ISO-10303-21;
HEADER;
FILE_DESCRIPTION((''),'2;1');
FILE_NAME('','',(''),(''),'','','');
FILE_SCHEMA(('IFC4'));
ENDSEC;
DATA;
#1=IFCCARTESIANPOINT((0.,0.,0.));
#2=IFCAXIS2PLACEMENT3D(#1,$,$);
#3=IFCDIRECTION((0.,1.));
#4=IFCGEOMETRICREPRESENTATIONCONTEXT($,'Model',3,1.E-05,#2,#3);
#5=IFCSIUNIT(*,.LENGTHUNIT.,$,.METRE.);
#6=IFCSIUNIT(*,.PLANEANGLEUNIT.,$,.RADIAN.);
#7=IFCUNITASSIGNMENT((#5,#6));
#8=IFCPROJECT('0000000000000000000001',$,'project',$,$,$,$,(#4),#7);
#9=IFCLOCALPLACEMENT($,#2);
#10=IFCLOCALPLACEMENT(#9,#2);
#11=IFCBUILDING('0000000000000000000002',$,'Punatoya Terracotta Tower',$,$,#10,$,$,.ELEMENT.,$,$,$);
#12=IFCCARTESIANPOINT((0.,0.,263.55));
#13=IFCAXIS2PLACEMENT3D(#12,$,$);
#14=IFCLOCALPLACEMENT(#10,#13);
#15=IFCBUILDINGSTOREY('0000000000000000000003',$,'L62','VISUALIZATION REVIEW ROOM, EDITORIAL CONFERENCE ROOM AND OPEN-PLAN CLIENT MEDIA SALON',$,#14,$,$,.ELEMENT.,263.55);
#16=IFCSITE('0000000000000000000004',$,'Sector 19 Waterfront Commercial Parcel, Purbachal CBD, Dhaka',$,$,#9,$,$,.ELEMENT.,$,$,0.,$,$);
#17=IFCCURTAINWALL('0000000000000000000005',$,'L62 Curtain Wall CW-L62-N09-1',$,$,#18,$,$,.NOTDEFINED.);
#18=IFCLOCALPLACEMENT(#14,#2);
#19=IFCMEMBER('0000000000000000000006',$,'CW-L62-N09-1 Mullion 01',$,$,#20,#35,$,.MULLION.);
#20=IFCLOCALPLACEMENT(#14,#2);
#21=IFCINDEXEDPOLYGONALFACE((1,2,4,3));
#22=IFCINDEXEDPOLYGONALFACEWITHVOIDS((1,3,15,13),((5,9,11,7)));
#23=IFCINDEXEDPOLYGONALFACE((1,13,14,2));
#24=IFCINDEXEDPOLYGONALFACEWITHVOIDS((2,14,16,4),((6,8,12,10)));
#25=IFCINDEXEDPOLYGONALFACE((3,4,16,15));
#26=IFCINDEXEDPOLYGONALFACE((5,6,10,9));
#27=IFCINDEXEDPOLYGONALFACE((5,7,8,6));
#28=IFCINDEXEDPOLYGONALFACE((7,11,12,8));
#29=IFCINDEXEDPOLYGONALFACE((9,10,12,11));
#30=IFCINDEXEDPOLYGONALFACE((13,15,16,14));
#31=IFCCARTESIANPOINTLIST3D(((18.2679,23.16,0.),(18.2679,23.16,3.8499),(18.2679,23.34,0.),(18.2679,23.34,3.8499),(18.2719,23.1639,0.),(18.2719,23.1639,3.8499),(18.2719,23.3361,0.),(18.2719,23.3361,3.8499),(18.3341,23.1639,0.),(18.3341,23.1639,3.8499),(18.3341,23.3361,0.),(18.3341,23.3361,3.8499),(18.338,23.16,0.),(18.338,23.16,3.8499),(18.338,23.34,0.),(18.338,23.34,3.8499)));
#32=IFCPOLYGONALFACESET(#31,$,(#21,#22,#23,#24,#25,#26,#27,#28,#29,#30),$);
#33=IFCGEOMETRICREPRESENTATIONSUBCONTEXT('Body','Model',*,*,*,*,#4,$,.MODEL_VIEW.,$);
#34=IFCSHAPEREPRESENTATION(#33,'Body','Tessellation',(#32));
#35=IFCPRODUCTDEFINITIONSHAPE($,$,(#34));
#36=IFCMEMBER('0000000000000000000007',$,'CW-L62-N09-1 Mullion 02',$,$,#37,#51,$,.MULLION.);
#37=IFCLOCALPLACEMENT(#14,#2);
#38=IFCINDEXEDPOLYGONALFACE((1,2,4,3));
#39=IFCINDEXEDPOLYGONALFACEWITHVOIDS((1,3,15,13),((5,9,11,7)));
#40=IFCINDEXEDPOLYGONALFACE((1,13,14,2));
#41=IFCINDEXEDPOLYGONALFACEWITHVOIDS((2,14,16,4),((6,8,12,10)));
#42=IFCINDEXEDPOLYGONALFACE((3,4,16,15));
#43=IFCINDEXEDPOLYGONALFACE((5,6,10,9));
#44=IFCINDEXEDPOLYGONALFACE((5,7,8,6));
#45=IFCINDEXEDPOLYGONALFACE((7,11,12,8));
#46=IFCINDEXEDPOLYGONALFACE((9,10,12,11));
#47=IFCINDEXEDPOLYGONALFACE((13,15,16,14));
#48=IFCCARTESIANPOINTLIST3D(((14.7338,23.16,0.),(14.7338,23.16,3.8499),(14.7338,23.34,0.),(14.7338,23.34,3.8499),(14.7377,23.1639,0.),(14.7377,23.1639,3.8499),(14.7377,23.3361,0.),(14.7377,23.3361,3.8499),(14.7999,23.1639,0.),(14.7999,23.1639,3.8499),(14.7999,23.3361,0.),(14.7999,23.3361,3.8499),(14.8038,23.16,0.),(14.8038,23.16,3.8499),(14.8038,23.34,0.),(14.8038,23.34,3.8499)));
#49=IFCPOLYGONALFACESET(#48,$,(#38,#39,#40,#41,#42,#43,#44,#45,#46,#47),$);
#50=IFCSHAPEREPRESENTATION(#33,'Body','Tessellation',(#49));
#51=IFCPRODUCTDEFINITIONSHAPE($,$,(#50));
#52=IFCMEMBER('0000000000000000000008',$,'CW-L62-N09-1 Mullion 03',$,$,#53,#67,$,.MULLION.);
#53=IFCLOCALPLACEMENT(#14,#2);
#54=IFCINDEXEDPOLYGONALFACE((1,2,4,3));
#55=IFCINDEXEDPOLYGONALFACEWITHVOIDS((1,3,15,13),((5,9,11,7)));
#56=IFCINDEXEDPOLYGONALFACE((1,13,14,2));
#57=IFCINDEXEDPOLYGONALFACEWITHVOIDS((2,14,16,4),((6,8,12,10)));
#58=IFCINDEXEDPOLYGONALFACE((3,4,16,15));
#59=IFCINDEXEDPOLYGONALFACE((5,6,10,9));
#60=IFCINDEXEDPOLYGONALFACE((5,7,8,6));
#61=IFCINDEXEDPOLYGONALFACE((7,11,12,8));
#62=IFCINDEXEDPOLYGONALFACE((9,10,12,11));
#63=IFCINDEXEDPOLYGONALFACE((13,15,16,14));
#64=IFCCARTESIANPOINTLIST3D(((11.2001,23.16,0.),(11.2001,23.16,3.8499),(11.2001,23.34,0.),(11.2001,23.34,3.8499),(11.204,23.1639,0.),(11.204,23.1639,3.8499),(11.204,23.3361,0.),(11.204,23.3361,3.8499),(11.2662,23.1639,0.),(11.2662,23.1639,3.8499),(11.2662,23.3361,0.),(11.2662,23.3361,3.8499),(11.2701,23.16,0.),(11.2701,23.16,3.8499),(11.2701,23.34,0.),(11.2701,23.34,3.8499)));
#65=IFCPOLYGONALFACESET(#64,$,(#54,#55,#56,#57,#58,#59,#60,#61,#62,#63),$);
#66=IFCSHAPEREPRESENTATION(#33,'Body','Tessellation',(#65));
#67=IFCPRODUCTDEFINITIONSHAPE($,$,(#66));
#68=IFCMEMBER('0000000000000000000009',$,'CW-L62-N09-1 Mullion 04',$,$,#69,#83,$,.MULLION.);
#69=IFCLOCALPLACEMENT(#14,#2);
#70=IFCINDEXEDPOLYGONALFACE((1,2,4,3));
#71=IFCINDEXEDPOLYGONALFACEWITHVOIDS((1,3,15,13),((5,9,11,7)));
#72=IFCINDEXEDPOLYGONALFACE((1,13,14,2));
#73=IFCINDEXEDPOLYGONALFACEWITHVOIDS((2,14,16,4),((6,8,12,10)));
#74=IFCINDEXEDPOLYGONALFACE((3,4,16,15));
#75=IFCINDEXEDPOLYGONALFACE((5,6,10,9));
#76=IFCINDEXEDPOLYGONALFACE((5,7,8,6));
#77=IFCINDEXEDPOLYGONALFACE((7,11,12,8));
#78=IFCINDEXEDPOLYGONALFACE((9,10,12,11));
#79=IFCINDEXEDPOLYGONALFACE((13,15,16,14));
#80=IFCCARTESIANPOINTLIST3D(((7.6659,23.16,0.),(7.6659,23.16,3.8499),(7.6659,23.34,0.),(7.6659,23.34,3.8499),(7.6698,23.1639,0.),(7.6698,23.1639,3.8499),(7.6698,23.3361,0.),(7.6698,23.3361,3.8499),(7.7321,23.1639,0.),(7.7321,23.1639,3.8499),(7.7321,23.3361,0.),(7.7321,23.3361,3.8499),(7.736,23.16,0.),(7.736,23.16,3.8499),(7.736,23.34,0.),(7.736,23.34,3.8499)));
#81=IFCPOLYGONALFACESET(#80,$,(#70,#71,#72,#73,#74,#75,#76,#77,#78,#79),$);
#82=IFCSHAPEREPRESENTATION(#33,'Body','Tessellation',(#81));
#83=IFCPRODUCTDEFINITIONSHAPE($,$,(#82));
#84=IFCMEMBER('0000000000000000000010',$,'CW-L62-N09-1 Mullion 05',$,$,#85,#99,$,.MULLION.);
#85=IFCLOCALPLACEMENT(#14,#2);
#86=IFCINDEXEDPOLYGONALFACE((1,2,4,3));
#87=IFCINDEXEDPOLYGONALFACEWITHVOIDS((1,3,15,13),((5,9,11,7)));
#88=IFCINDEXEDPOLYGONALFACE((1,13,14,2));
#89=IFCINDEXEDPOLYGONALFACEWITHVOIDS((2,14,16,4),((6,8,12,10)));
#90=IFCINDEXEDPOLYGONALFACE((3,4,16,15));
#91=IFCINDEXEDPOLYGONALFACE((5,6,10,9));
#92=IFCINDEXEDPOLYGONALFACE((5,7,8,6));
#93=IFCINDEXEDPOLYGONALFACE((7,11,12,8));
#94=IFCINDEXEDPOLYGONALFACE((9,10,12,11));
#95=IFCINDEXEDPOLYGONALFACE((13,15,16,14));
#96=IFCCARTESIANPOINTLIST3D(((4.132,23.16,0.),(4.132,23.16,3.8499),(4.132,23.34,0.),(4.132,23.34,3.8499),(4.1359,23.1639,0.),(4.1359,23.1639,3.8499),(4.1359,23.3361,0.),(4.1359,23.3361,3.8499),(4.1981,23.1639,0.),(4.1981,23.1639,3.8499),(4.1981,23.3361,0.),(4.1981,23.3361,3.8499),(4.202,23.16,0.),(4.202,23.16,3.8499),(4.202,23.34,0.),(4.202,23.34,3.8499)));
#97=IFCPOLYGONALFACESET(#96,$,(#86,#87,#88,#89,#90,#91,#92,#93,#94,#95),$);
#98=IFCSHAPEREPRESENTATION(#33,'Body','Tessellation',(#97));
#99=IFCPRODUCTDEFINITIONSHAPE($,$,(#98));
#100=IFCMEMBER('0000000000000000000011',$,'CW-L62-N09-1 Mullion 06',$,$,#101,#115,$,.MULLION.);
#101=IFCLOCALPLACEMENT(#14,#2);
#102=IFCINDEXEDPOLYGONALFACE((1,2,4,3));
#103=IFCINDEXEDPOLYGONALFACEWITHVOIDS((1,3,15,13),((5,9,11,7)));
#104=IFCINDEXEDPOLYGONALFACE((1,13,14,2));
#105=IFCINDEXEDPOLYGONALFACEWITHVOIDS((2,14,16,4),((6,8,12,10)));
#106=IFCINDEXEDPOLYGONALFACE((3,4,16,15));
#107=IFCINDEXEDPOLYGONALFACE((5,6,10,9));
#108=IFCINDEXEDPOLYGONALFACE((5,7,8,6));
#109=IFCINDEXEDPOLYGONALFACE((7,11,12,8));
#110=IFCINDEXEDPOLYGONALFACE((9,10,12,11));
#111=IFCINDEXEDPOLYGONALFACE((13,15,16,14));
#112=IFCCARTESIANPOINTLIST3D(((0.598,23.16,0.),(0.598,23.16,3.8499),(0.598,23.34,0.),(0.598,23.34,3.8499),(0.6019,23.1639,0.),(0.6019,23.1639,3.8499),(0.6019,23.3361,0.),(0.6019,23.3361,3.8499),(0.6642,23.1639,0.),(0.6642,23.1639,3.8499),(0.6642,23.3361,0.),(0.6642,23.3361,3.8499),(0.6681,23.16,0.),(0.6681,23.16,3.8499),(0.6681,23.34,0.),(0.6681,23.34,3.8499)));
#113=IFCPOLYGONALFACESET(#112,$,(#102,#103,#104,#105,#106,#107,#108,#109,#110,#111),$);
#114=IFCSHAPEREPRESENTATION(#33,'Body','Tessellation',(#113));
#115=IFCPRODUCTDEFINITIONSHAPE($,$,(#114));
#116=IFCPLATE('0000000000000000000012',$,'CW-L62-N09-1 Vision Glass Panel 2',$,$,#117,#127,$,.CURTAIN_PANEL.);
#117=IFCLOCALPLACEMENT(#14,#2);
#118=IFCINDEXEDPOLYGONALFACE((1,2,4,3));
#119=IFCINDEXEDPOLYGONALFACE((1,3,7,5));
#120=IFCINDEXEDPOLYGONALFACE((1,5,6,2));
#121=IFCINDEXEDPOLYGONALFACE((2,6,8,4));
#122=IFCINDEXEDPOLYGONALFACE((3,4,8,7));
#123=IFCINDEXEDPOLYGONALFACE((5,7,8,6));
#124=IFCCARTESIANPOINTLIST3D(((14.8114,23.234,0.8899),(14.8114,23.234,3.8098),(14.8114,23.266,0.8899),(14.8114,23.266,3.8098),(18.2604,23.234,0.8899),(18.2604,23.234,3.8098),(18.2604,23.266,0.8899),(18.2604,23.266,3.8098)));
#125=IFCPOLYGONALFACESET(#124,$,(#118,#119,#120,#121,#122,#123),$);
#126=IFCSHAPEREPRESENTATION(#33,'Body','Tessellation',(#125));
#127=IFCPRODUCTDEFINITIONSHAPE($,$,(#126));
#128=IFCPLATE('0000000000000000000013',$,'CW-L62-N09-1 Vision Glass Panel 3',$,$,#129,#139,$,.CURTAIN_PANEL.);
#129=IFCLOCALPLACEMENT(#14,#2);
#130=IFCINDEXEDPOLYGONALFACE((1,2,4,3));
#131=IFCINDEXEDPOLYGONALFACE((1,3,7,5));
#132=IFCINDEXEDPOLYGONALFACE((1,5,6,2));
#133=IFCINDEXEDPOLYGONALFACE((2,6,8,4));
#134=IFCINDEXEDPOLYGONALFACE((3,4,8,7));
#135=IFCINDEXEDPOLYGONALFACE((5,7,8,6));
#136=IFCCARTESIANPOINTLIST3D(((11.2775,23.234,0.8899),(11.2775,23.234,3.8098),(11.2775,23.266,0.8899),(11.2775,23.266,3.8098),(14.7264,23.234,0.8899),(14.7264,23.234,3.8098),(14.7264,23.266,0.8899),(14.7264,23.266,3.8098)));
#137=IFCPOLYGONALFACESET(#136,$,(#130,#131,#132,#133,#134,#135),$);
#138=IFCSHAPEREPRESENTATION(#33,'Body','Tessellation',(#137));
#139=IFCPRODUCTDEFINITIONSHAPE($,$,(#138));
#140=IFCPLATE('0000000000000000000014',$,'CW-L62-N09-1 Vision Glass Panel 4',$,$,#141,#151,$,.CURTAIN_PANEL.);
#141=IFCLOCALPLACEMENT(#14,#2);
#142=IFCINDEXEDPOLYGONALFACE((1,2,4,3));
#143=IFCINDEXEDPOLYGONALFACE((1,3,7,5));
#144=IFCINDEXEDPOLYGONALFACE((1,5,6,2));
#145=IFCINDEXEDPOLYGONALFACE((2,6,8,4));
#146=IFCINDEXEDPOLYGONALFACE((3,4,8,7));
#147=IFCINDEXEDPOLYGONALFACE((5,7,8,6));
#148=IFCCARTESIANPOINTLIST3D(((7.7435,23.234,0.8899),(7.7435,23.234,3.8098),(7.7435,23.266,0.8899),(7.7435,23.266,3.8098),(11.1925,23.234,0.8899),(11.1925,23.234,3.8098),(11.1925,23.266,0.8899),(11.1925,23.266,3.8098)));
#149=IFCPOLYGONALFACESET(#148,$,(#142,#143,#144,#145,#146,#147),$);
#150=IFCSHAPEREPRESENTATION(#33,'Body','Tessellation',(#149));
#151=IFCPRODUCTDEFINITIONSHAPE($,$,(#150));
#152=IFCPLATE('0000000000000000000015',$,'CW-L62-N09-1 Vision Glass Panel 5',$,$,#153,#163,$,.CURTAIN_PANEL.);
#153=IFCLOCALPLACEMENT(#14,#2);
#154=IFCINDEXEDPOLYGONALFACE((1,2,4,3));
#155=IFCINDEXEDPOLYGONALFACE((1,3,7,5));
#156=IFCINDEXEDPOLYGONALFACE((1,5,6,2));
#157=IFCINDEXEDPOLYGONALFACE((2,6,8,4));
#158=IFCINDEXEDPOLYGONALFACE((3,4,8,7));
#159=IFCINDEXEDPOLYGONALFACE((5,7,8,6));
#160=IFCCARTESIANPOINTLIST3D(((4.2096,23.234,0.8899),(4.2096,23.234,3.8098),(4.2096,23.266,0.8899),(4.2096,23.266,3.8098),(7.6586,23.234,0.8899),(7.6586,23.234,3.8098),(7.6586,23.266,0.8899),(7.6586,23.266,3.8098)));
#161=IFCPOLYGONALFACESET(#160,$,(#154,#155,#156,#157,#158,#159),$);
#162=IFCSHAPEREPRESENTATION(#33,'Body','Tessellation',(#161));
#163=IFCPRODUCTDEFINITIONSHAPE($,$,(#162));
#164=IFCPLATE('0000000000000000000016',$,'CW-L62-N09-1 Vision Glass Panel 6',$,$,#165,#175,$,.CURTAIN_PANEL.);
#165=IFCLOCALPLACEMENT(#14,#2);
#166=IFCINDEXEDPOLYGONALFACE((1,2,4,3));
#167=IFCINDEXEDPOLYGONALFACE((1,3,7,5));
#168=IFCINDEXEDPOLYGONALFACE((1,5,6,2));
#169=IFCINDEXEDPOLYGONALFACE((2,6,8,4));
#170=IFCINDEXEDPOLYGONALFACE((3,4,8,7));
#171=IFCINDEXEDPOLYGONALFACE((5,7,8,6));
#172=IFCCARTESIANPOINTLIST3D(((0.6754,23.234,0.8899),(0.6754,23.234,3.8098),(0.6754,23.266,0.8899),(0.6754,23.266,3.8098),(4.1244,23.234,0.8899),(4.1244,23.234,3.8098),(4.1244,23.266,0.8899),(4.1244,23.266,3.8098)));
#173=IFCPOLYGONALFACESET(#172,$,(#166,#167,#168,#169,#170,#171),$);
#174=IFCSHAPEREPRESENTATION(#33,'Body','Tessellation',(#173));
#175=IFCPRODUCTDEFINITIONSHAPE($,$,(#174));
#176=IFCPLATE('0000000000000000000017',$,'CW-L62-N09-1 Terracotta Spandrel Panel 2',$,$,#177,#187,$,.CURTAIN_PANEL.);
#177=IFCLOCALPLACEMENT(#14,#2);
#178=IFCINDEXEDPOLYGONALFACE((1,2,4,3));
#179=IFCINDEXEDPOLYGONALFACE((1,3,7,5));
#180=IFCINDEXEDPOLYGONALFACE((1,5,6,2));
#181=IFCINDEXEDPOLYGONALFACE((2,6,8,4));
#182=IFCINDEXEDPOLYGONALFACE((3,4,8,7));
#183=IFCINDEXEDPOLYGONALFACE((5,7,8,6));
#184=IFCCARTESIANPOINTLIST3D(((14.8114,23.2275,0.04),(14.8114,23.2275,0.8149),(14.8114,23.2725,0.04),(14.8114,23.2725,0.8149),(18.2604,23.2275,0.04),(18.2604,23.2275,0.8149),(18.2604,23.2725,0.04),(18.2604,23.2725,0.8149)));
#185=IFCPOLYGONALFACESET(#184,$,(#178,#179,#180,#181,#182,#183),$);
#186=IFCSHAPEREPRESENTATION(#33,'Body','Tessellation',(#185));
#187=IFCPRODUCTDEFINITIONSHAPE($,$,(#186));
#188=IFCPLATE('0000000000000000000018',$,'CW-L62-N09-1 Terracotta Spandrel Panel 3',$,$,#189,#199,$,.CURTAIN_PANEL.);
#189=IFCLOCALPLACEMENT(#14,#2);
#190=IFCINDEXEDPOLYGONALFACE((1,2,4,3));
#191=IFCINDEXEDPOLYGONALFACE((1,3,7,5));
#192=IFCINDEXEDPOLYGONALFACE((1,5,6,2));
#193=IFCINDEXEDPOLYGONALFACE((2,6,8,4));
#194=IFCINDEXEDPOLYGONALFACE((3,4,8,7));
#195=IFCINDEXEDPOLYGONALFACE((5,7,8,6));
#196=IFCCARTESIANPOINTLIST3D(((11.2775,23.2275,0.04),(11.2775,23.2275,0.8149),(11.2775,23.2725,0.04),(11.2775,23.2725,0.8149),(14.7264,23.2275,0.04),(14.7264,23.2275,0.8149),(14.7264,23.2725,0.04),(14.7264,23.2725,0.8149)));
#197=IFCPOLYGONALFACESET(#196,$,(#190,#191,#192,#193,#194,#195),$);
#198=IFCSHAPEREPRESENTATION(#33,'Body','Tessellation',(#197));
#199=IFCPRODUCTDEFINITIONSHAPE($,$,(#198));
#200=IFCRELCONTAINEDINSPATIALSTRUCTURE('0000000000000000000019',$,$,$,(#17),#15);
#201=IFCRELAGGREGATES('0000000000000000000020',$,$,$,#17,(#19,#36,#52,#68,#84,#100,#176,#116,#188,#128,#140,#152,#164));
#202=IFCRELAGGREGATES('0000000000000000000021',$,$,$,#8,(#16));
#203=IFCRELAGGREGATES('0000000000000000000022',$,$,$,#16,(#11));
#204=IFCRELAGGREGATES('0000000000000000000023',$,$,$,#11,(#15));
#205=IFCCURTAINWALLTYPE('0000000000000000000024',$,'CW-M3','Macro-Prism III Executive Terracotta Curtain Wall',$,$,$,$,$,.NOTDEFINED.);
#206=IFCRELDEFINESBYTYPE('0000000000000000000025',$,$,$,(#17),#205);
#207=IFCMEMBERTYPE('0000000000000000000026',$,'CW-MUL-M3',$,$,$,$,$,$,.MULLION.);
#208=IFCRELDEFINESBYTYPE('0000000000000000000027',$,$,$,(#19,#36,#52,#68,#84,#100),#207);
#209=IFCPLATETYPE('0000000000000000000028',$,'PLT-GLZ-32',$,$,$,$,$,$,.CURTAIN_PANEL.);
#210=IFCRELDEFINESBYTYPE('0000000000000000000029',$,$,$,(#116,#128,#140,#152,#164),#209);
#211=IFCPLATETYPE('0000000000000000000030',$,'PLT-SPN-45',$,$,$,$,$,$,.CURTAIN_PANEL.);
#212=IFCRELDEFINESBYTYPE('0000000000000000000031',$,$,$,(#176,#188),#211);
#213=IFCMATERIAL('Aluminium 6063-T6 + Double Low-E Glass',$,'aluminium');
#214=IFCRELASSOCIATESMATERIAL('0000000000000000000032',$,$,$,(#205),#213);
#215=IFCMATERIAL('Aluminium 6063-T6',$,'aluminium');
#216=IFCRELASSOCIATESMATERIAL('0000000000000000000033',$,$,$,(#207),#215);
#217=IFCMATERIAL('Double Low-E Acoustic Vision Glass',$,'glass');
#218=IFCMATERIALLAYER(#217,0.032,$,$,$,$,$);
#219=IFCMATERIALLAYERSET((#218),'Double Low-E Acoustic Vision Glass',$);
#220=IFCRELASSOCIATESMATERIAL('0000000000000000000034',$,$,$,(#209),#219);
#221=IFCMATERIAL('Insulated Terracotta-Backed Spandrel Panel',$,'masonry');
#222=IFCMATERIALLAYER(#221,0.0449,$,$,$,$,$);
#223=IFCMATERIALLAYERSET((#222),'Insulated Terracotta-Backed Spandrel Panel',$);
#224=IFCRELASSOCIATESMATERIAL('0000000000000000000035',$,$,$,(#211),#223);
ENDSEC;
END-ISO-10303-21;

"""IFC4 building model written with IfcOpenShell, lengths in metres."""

from ifc_helpers import new_model, si_unit, direction, frame, origin, origin_2d, place, context, subcontext, project, spatial, rectangle, hollow_rectangle, extrude, material, layer, layer_set, material_profile, profile_set, type_object, element, aggregate, save


model = new_model("IFC4")

# Units and contexts
model_context = context("Model", 3, precision=1e-05, world=origin(), true_north=direction((0.0, 1.0)))
body_context = subcontext(model_context, "Body", "Model", "MODEL_VIEW")
ifc_project = project(units=[si_unit("LENGTHUNIT", "METRE"), si_unit("PLANEANGLEUNIT", "RADIAN")], contexts=[model_context])

# Site, building, storey
site_placement = place(None, origin())
site = spatial("IfcSite", under=ifc_project, at=site_placement, Name="Sector 19 Waterfront Commercial Parcel, Purbachal CBD, Dhaka", CompositionType="ELEMENT", RefElevation=0.0)
building_placement = place(site_placement, origin())
building = spatial("IfcBuilding", under=site, at=building_placement, Name="Punatoya Terracotta Tower", CompositionType="ELEMENT")
storey_placement = place(building_placement, frame((0.0, 0.0, 263.55)))
storey = spatial("IfcBuildingStorey", under=building, at=storey_placement, Name="L62", Description="VISUALIZATION REVIEW ROOM, EDITORIAL CONFERENCE ROOM AND OPEN-PLAN CLIENT MEDIA SALON", CompositionType="ELEMENT", Elevation=263.55)

# Curtain wall, members, plates
ifc_material_1 = material(Name="Aluminium 6063-T6 + Double Low-E Glass", Category="aluminium")
curtain_wall_type = type_object("IfcCurtainWallType", Name="CW-M3", Description="Macro-Prism III Executive Terracotta Curtain Wall", PredefinedType="NOTDEFINED", material=ifc_material_1)
curtain_wall_placement = place(storey_placement, origin())
curtain_wall = element("IfcCurtainWall", 1, at=curtain_wall_placement, inside=storey, type_object=curtain_wall_type, Name="L62 Curtain Wall CW-L62-N09-1", PredefinedType="NOTDEFINED")
ifc_material_2 = material(Name="Aluminium 6063-T6", Category="aluminium")
ifc_material_profile_1 = material_profile(ifc_material_2, hollow_rectangle(XDim=0.0701, YDim=0.1799, WallThickness=0.0039, at=origin_2d()))
ifc_profile_set_1 = profile_set([ifc_material_profile_1], Name="Aluminium 6063-T6")
member_type = type_object("IfcMemberType", Name="CW-MUL-M3", PredefinedType="MULLION", material=ifc_profile_set_1)
member_1_placement = place(storey_placement, frame((18.303, 23.25, 0.0), z_axis=(0.0, 0.0, 1.0), x_axis=(1.0, 0.0, 0.0)))
member_1 = element("IfcMember", 2, at=member_1_placement, type_object=member_type, Name="CW-L62-N09-1 Mullion 01", PredefinedType="MULLION", context=body_context, shape_type="SweptSolid", body=[
    extrude(hollow_rectangle(XDim=0.0701, YDim=0.1799, WallThickness=0.0039, at=origin_2d()), origin(), (0.0, 0.0, 1.0), 3.8499),
])
member_2_placement = place(storey_placement, frame((14.7688, 23.25, 0.0), z_axis=(0.0, 0.0, 1.0), x_axis=(1.0, 0.0, 0.0)))
member_2 = element("IfcMember", 3, at=member_2_placement, type_object=member_type, Name="CW-L62-N09-1 Mullion 02", PredefinedType="MULLION", context=body_context, shape_type="SweptSolid", body=[
    extrude(hollow_rectangle(XDim=0.0701, YDim=0.1799, WallThickness=0.0039, at=origin_2d()), origin(), (0.0, 0.0, 1.0), 3.8499),
])
member_3_placement = place(storey_placement, frame((11.2351, 23.25, 0.0), z_axis=(0.0, 0.0, 1.0), x_axis=(1.0, 0.0, 0.0)))
member_3 = element("IfcMember", 4, at=member_3_placement, type_object=member_type, Name="CW-L62-N09-1 Mullion 03", PredefinedType="MULLION", context=body_context, shape_type="SweptSolid", body=[
    extrude(hollow_rectangle(XDim=0.0701, YDim=0.1799, WallThickness=0.0039, at=origin_2d()), origin(), (0.0, 0.0, 1.0), 3.8499),
])
member_4_placement = place(storey_placement, frame((7.7009, 23.25, 0.0), z_axis=(0.0, 0.0, 1.0), x_axis=(1.0, 0.0, 0.0)))
member_4 = element("IfcMember", 5, at=member_4_placement, type_object=member_type, Name="CW-L62-N09-1 Mullion 04", PredefinedType="MULLION", context=body_context, shape_type="SweptSolid", body=[
    extrude(hollow_rectangle(XDim=0.0701, YDim=0.1799, WallThickness=0.0039, at=origin_2d()), origin(), (0.0, 0.0, 1.0), 3.8499),
])
member_5_placement = place(storey_placement, frame((4.167, 23.25, 0.0), z_axis=(0.0, 0.0, 1.0), x_axis=(1.0, 0.0, 0.0)))
member_5 = element("IfcMember", 6, at=member_5_placement, type_object=member_type, Name="CW-L62-N09-1 Mullion 05", PredefinedType="MULLION", context=body_context, shape_type="SweptSolid", body=[
    extrude(hollow_rectangle(XDim=0.0701, YDim=0.1799, WallThickness=0.0039, at=origin_2d()), origin(), (0.0, 0.0, 1.0), 3.8499),
])
member_6_placement = place(storey_placement, frame((0.6331, 23.25, 0.0), z_axis=(0.0, 0.0, 1.0), x_axis=(1.0, 0.0, 0.0)))
member_6 = element("IfcMember", 7, at=member_6_placement, type_object=member_type, Name="CW-L62-N09-1 Mullion 06", PredefinedType="MULLION", context=body_context, shape_type="SweptSolid", body=[
    extrude(hollow_rectangle(XDim=0.0701, YDim=0.1799, WallThickness=0.0039, at=origin_2d()), origin(), (0.0, 0.0, 1.0), 3.8499),
])
ifc_material_3 = material(Name="Double Low-E Acoustic Vision Glass", Category="glass")
ifc_layer_1 = layer(ifc_material_3, 0.032)
ifc_layer_set_1 = layer_set([ifc_layer_1], Name="Double Low-E Acoustic Vision Glass")
plate_type_1 = type_object("IfcPlateType", Name="PLT-GLZ-32", PredefinedType="CURTAIN_PANEL", material=ifc_layer_set_1)
plate_1_placement = place(storey_placement, frame((16.5359, 23.25, 0.8899), z_axis=(0.0, 0.0, 1.0), x_axis=(-1.0, 0.0, 0.0)))
plate_1 = element("IfcPlate", 8, at=plate_1_placement, type_object=plate_type_1, Name="CW-L62-N09-1 Vision Glass Panel 2", PredefinedType="CURTAIN_PANEL", context=body_context, shape_type="SweptSolid", body=[
    extrude(rectangle(XDim=3.449, YDim=0.032, at=origin_2d()), origin(), (0.0, 0.0, 1.0), 2.9199),
])
plate_2_placement = place(storey_placement, frame((13.002, 23.25, 0.8899), z_axis=(0.0, 0.0, 1.0), x_axis=(-1.0, 0.0, 0.0)))
plate_2 = element("IfcPlate", 9, at=plate_2_placement, type_object=plate_type_1, Name="CW-L62-N09-1 Vision Glass Panel 3", PredefinedType="CURTAIN_PANEL", context=body_context, shape_type="SweptSolid", body=[
    extrude(rectangle(XDim=3.449, YDim=0.032, at=origin_2d()), origin(), (0.0, 0.0, 1.0), 2.9199),
])
plate_3_placement = place(storey_placement, frame((9.468, 23.25, 0.8899), z_axis=(0.0, 0.0, 1.0), x_axis=(-1.0, 0.0, 0.0)))
plate_3 = element("IfcPlate", 10, at=plate_3_placement, type_object=plate_type_1, Name="CW-L62-N09-1 Vision Glass Panel 4", PredefinedType="CURTAIN_PANEL", context=body_context, shape_type="SweptSolid", body=[
    extrude(rectangle(XDim=3.449, YDim=0.032, at=origin_2d()), origin(), (0.0, 0.0, 1.0), 2.9199),
])
plate_4_placement = place(storey_placement, frame((5.9341, 23.25, 0.8899), z_axis=(0.0, 0.0, 1.0), x_axis=(-1.0, 0.0, 0.0)))
plate_4 = element("IfcPlate", 11, at=plate_4_placement, type_object=plate_type_1, Name="CW-L62-N09-1 Vision Glass Panel 5", PredefinedType="CURTAIN_PANEL", context=body_context, shape_type="SweptSolid", body=[
    extrude(rectangle(XDim=3.449, YDim=0.032, at=origin_2d()), origin(), (0.0, 0.0, 1.0), 2.9199),
])
plate_5_placement = place(storey_placement, frame((2.3999, 23.25, 0.8899), z_axis=(0.0, 0.0, 1.0), x_axis=(-1.0, 0.0, 0.0)))
plate_5 = element("IfcPlate", 12, at=plate_5_placement, type_object=plate_type_1, Name="CW-L62-N09-1 Vision Glass Panel 6", PredefinedType="CURTAIN_PANEL", context=body_context, shape_type="SweptSolid", body=[
    extrude(rectangle(XDim=3.449, YDim=0.032, at=origin_2d()), origin(), (0.0, 0.0, 1.0), 2.9199),
])
ifc_material_4 = material(Name="Insulated Terracotta-Backed Spandrel Panel", Category="masonry")
ifc_layer_2 = layer(ifc_material_4, 0.0449)
ifc_layer_set_2 = layer_set([ifc_layer_2], Name="Insulated Terracotta-Backed Spandrel Panel")
plate_type_2 = type_object("IfcPlateType", Name="PLT-SPN-45", PredefinedType="CURTAIN_PANEL", material=ifc_layer_set_2)
plate_6_placement = place(storey_placement, frame((16.5359, 23.25, 0.04), z_axis=(0.0, 0.0, 1.0), x_axis=(-1.0, 0.0, 0.0)))
plate_6 = element("IfcPlate", 13, at=plate_6_placement, type_object=plate_type_2, Name="CW-L62-N09-1 Terracotta Spandrel Panel 2", PredefinedType="CURTAIN_PANEL", context=body_context, shape_type="SweptSolid", body=[
    extrude(rectangle(XDim=3.449, YDim=0.0449, at=origin_2d()), origin(), (0.0, 0.0, 1.0), 0.7749),
])
plate_7_placement = place(storey_placement, frame((13.002, 23.25, 0.04), z_axis=(0.0, 0.0, 1.0), x_axis=(-1.0, 0.0, 0.0)))
plate_7 = element("IfcPlate", 14, at=plate_7_placement, type_object=plate_type_2, Name="CW-L62-N09-1 Terracotta Spandrel Panel 3", PredefinedType="CURTAIN_PANEL", context=body_context, shape_type="SweptSolid", body=[
    extrude(rectangle(XDim=3.449, YDim=0.0449, at=origin_2d()), origin(), (0.0, 0.0, 1.0), 0.7749),
])
aggregate(curtain_wall, [member_1, member_2, member_3, member_4, member_5, member_6, plate_6, plate_1, plate_7, plate_2, plate_3, plate_4, plate_5])

save(model, "model.ifc")
